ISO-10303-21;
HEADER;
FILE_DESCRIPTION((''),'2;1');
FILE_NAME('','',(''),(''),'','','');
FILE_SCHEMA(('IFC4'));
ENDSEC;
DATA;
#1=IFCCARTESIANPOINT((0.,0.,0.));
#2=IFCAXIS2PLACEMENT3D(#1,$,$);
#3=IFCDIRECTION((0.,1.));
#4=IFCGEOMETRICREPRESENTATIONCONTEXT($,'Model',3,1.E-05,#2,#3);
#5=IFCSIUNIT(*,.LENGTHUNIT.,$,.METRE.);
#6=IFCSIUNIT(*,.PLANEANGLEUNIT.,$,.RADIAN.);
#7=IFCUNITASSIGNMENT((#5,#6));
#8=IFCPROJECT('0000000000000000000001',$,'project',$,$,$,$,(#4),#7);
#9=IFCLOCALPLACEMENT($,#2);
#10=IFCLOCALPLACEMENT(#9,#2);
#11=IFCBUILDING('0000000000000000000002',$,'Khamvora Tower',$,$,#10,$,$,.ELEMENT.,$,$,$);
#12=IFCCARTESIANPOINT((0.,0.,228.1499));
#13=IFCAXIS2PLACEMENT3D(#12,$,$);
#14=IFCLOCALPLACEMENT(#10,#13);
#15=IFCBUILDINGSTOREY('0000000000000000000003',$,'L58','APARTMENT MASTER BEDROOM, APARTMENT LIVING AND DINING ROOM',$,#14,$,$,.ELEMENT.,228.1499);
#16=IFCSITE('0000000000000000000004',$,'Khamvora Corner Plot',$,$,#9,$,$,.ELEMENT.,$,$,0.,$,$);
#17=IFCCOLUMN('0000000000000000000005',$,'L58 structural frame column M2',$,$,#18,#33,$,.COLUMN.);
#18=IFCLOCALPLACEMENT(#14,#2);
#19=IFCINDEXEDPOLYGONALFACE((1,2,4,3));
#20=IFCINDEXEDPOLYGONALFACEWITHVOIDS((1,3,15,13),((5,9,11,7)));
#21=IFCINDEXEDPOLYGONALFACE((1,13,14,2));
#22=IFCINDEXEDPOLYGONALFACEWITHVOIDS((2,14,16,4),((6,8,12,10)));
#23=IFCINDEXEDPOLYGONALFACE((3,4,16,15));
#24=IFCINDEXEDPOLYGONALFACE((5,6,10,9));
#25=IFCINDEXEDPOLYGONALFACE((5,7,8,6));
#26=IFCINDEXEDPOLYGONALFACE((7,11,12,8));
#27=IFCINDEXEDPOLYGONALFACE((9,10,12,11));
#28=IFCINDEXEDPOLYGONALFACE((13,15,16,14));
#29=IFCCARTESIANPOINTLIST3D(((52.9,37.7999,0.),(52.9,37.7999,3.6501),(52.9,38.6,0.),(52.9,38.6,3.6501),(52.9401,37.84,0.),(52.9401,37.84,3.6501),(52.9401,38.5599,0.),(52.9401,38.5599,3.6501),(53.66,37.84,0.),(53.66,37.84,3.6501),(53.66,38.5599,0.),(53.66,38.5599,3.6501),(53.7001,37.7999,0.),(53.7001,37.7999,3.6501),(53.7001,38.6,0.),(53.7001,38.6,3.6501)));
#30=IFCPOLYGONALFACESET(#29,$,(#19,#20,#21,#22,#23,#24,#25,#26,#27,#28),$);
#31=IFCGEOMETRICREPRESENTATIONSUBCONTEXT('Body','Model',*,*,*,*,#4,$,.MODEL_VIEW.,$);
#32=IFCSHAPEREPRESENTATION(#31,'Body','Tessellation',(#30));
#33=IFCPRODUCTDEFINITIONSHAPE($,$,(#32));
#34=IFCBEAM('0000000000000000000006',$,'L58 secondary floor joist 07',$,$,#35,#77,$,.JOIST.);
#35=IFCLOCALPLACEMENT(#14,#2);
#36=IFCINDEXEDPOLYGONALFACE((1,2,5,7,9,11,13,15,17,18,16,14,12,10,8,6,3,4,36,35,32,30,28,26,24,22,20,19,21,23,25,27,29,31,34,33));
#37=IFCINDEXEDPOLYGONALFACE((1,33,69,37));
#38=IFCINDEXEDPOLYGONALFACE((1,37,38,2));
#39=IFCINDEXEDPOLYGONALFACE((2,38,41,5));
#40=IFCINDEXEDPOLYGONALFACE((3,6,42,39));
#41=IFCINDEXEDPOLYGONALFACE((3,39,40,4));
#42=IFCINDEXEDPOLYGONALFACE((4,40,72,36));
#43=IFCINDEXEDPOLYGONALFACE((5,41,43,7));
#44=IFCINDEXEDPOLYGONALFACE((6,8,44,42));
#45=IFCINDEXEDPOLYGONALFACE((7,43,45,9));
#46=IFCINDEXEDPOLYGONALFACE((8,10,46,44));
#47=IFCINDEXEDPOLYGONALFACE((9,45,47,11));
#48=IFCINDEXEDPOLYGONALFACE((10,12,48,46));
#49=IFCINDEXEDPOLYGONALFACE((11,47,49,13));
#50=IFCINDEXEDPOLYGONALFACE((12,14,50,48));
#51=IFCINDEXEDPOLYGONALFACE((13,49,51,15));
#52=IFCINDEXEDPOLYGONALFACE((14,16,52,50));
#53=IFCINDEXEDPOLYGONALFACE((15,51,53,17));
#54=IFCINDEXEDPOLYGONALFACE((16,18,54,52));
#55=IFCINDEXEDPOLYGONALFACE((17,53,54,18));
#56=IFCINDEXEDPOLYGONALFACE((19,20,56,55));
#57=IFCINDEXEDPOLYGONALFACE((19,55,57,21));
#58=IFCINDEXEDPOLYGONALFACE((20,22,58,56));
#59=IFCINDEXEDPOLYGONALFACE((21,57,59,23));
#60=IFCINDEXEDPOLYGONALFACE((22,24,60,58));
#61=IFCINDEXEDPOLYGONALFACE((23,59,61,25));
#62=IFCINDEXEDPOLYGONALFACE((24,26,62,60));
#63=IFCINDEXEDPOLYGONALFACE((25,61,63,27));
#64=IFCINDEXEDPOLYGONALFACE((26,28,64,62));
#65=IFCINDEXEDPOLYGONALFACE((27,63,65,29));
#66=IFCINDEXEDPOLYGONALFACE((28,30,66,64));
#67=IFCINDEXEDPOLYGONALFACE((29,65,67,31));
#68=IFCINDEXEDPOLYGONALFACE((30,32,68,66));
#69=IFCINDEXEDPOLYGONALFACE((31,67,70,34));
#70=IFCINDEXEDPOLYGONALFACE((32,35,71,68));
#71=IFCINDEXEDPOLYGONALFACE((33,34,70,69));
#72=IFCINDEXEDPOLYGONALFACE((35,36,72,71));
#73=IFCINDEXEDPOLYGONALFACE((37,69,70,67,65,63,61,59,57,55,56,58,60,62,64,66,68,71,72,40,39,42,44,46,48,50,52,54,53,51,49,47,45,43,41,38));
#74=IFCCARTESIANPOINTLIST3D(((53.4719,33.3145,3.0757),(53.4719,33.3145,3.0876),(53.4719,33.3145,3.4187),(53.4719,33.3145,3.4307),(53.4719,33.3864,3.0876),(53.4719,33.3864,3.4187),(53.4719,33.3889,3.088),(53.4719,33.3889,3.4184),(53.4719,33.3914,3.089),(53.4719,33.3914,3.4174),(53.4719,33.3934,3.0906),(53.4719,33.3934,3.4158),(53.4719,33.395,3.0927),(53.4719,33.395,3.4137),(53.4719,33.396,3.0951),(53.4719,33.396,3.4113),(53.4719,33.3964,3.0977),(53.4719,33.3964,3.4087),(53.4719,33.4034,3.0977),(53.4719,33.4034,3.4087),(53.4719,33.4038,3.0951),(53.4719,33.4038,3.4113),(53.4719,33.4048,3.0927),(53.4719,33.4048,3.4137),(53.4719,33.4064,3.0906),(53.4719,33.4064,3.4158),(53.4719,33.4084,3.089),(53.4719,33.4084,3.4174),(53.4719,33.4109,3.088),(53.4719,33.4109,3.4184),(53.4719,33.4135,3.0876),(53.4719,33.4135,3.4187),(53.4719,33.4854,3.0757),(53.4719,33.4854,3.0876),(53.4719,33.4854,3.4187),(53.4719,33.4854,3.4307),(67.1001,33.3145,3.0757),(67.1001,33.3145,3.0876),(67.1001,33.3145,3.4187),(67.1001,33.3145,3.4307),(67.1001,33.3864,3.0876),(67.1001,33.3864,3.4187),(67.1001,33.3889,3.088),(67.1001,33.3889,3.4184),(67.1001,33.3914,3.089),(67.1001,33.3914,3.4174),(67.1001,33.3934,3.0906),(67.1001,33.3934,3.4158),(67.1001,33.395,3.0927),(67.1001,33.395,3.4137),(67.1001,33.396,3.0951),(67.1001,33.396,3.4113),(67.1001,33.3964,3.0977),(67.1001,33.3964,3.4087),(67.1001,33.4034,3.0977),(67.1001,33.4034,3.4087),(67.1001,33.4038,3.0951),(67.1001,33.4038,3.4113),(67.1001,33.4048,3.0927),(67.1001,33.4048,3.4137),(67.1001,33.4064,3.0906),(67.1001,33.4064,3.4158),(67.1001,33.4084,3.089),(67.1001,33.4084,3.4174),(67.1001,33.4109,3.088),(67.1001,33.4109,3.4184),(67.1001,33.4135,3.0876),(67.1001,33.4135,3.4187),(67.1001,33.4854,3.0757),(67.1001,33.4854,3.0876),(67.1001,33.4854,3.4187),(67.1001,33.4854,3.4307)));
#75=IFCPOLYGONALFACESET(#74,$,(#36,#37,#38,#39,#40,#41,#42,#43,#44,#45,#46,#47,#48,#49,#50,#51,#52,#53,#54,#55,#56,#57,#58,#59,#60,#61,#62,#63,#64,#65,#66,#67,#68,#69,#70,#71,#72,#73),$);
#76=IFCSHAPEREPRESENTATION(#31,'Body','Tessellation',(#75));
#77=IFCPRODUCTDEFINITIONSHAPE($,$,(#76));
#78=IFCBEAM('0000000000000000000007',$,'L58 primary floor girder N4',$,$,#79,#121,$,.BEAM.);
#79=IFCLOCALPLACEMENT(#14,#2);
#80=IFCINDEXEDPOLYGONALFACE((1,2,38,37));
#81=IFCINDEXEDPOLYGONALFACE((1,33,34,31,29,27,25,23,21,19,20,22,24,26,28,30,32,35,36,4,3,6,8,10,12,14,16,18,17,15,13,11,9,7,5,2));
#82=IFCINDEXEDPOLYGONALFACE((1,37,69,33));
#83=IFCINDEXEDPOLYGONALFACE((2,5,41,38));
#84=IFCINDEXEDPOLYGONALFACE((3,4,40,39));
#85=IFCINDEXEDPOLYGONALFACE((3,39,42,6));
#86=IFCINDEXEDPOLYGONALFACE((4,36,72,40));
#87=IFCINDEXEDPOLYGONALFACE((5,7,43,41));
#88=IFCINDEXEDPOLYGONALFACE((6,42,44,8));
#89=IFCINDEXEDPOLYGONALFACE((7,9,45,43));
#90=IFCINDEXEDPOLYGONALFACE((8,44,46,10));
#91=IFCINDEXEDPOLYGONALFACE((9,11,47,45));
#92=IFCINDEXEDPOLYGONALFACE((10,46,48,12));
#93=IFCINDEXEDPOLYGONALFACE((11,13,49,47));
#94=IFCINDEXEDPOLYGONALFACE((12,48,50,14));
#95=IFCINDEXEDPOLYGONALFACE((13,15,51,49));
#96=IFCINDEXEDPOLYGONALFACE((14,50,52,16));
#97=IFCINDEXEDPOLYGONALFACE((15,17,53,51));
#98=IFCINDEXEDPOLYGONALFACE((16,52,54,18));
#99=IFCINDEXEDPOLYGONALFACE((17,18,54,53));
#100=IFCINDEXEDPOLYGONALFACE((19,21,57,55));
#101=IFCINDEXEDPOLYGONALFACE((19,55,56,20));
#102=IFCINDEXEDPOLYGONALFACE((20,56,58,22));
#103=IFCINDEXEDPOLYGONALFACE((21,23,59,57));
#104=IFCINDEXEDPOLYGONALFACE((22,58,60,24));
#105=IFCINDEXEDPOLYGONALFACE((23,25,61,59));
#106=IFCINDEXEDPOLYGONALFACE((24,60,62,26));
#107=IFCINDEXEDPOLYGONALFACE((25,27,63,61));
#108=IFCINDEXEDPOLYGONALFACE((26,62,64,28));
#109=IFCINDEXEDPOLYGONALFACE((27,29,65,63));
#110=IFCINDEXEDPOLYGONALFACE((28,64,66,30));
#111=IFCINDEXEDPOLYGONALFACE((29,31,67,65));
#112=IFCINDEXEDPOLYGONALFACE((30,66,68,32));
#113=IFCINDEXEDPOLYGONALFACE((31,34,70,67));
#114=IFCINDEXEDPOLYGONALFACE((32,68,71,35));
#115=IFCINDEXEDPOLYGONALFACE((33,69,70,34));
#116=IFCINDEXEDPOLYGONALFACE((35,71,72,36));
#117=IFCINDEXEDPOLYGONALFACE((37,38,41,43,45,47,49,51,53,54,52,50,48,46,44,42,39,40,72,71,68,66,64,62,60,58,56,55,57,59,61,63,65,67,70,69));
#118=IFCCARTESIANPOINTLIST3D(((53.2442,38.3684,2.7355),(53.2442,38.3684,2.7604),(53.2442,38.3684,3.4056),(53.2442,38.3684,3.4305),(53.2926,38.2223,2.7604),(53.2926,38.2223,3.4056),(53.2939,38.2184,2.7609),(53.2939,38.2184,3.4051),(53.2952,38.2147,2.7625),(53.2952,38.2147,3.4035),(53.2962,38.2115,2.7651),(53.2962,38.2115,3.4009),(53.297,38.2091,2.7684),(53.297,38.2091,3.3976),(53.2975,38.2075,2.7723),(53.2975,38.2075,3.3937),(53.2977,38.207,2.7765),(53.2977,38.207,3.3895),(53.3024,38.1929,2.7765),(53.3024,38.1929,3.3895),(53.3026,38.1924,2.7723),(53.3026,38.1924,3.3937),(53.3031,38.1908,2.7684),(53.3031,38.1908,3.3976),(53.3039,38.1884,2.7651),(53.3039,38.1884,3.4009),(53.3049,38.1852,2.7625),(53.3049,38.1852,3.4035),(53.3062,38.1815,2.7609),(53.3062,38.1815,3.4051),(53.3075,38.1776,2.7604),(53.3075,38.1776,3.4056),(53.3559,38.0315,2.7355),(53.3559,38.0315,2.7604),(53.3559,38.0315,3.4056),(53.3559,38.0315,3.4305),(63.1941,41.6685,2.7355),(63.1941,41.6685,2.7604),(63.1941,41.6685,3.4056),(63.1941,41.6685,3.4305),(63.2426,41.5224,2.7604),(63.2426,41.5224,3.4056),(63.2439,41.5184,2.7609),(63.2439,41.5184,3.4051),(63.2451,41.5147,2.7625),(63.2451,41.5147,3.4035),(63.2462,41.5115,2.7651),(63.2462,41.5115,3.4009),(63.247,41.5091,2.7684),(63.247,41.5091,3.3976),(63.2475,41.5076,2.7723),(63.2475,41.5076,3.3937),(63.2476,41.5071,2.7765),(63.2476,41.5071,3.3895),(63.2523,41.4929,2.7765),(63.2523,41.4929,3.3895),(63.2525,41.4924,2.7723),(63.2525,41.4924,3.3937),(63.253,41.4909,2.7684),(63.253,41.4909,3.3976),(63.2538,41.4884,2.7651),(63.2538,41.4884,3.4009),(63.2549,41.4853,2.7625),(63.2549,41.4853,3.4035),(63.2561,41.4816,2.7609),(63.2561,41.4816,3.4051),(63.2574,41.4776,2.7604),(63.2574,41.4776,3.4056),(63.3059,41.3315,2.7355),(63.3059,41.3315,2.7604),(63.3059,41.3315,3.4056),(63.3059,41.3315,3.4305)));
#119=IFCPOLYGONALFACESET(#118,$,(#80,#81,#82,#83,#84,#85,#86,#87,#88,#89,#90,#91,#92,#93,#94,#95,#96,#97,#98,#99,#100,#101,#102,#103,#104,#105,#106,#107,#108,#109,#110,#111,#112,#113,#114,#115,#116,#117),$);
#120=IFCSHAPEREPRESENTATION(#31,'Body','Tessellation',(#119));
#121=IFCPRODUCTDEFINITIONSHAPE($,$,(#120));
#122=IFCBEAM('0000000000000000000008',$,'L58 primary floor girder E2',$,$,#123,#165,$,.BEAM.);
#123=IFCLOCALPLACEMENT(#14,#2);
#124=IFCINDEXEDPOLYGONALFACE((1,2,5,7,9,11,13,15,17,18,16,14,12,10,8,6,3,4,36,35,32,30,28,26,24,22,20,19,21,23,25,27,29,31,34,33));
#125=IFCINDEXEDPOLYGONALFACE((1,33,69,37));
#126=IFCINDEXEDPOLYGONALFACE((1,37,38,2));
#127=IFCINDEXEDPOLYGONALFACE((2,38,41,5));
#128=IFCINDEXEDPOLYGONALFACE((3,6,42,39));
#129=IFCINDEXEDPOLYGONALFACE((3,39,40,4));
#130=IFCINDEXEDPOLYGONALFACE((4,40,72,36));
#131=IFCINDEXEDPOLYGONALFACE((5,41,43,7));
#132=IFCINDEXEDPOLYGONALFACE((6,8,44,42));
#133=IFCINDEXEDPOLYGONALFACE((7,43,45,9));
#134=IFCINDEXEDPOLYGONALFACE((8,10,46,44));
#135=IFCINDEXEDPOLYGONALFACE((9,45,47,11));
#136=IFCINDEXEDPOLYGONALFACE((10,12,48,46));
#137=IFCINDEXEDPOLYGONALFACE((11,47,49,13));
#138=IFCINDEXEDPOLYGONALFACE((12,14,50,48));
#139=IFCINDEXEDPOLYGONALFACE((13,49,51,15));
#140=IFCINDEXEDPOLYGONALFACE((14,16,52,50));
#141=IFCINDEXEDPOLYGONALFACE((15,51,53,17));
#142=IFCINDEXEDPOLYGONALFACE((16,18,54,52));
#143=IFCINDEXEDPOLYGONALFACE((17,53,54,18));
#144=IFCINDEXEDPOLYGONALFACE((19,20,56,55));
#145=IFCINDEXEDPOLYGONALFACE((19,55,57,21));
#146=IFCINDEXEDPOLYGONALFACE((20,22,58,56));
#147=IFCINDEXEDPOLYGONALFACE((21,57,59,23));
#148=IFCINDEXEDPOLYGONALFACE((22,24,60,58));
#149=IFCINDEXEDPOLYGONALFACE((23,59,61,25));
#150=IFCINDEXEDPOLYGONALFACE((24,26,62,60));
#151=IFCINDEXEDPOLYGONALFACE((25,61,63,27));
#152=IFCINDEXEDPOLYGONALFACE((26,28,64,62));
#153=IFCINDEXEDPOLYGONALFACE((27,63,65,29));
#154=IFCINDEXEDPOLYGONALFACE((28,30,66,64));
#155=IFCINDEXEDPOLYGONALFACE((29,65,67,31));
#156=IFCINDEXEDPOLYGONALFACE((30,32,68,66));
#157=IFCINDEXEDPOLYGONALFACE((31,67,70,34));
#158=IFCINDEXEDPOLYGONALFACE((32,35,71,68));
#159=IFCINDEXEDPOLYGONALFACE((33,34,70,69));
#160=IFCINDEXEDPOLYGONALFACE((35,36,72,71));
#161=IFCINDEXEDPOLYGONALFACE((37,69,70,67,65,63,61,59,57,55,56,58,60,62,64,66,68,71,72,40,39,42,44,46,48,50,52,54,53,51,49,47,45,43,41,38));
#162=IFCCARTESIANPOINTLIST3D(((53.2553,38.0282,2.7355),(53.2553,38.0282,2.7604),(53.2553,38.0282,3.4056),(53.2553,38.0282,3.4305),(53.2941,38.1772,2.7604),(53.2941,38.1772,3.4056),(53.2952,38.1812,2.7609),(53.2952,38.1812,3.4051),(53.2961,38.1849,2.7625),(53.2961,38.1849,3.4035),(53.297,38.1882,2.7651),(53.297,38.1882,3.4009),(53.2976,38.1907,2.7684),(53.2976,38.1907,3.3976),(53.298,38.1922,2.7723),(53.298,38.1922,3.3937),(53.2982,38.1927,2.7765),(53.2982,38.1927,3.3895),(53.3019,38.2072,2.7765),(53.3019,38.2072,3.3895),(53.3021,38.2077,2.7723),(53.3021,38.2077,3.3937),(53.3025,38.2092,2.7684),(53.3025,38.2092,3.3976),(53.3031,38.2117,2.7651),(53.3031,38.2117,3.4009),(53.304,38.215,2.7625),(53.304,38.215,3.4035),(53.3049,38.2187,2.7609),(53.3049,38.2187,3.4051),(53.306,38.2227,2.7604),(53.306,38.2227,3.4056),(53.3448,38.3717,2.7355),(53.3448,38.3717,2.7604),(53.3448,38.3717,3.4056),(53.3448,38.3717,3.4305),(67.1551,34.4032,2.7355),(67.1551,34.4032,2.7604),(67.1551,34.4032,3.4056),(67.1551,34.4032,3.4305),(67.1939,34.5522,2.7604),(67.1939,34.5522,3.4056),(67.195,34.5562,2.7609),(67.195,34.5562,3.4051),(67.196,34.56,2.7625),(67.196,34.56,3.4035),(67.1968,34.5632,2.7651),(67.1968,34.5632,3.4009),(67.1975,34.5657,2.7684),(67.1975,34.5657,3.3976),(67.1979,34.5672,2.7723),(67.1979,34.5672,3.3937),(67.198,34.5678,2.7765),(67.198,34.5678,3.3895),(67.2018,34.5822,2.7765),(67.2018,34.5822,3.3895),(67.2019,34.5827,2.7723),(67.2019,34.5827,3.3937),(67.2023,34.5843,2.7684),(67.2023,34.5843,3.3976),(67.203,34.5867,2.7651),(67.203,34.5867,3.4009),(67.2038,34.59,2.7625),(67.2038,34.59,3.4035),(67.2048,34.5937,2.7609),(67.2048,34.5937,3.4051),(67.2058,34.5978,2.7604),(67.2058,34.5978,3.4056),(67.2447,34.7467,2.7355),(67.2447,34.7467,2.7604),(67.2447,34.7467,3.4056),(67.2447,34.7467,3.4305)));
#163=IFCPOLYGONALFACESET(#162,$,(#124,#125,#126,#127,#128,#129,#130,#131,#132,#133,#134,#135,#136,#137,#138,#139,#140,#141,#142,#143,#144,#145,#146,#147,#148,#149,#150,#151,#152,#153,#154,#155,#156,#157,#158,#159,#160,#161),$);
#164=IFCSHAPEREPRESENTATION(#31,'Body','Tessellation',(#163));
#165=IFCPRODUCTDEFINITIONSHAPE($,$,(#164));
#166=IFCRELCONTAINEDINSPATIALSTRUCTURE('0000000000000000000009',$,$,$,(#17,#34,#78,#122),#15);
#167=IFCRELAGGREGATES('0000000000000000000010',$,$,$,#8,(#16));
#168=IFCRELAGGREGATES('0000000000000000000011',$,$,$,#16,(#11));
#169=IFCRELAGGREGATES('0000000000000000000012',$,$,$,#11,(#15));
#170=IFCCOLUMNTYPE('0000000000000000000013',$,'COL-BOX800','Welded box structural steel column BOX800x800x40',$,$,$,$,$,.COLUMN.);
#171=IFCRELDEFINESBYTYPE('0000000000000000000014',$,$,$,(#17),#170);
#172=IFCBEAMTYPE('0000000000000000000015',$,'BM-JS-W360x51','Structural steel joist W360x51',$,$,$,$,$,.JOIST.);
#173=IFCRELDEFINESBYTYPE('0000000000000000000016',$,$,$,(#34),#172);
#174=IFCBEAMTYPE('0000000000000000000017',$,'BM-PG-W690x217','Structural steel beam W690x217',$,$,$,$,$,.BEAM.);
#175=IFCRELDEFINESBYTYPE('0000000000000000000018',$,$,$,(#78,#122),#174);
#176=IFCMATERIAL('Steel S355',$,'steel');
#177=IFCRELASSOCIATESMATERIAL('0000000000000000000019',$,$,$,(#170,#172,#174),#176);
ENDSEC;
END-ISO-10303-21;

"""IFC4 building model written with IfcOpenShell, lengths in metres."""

from ifc_helpers import new_model, si_unit, direction, frame, origin, origin_2d, place, context, subcontext, project, spatial, hollow_rectangle, i_section, extrude, material, material_profile, profile_set, type_object, element, save


model = new_model("IFC4")

# Units and contexts
model_context = context("Model", 3, precision=1e-05, world=origin(), true_north=direction((0.0, 1.0)))
body_context = subcontext(model_context, "Body", "Model", "MODEL_VIEW")
ifc_project = project(units=[si_unit("LENGTHUNIT", "METRE"), si_unit("PLANEANGLEUNIT", "RADIAN")], contexts=[model_context])

# Site, building, storey
site_placement = place(None, origin())
site = spatial("IfcSite", under=ifc_project, at=site_placement, Name="Khamvora Corner Plot", CompositionType="ELEMENT", RefElevation=0.0)
building_placement = place(site_placement, origin())
building = spatial("IfcBuilding", under=site, at=building_placement, Name="Khamvora Tower", CompositionType="ELEMENT")
storey_placement = place(building_placement, frame((0.0, 0.0, 228.1499)))
storey = spatial("IfcBuildingStorey", under=building, at=storey_placement, Name="L58", Description="APARTMENT MASTER BEDROOM, APARTMENT LIVING AND DINING ROOM", CompositionType="ELEMENT", Elevation=228.1499)

# Column
ifc_material_1 = material(Name="Steel S355", Category="steel")
ifc_material_profile_1 = material_profile(ifc_material_1, hollow_rectangle(XDim=0.8, YDim=0.8, WallThickness=0.04, at=origin_2d()), Name="BOX800x800x40")
ifc_profile_set_1 = profile_set([ifc_material_profile_1], Name="Steel S355")
column_type = type_object("IfcColumnType", Name="COL-BOX800", Description="Welded box structural steel column BOX800x800x40", PredefinedType="COLUMN", material=ifc_profile_set_1)
column_placement = place(storey_placement, frame((53.3, 38.2, 0.0), z_axis=(0.0, 0.0, 1.0), x_axis=(1.0, 0.0, 0.0)))
element("IfcColumn", 1, at=column_placement, inside=storey, type_object=column_type, Name="L58 structural frame column M2", PredefinedType="COLUMN", context=body_context, shape_type="SweptSolid", body=[
    extrude(hollow_rectangle(XDim=0.8, YDim=0.8, WallThickness=0.04, at=origin_2d()), origin(), (0.0, 0.0, 1.0), 3.6501),
])

# Beams
ifc_material_profile_2 = material_profile(ifc_material_1, i_section(OverallWidth=0.1709, OverallDepth=0.355, WebThickness=0.0071, FlangeThickness=0.012, FilletRadius=0.01, at=origin_2d()), Name="W360x51")
ifc_profile_set_2 = profile_set([ifc_material_profile_2], Name="Steel S355")
beam_type_1 = type_object("IfcBeamType", Name="BM-JS-W360x51", Description="Structural steel joist W360x51", PredefinedType="JOIST", material=ifc_profile_set_2)
beam_1_placement = place(storey_placement, frame((53.4719, 33.3999, 3.2532), z_axis=(1.0, 0.0, 0.0), x_axis=(0.0, 1.0, 0.0)))
element("IfcBeam", 2, at=beam_1_placement, inside=storey, type_object=beam_type_1, Name="L58 secondary floor joist 07", PredefinedType="JOIST", context=body_context, shape_type="SweptSolid", body=[
    extrude(i_section(OverallWidth=0.1709, OverallDepth=0.355, WebThickness=0.0071, FlangeThickness=0.012, FilletRadius=0.01, at=origin_2d()), origin(), (0.0, 0.0, 1.0), 13.6282),
])
ifc_material_profile_3 = material_profile(ifc_material_1, i_section(OverallWidth=0.355, OverallDepth=0.6951, WebThickness=0.0149, FlangeThickness=0.0249, FilletRadius=0.0161, at=origin_2d()), Name="W690x217")
ifc_profile_set_3 = profile_set([ifc_material_profile_3], Name="Steel S355")
beam_type_2 = type_object("IfcBeamType", Name="BM-PG-W690x217", Description="Structural steel beam W690x217", PredefinedType="BEAM", material=ifc_profile_set_3)
beam_2_placement = place(storey_placement, frame((53.3, 38.2, 3.083), z_axis=(0.949157, 0.314802, 0.0), x_axis=(-0.314802, 0.949157, 0.0)))
element("IfcBeam", 3, at=beam_2_placement, inside=storey, type_object=beam_type_2, Name="L58 primary floor girder N4", PredefinedType="BEAM", context=body_context, shape_type="SweptSolid", body=[
    extrude(i_section(OverallWidth=0.355, OverallDepth=0.6951, WebThickness=0.0149, FlangeThickness=0.0249, FilletRadius=0.0161, at=origin_2d()), origin(), (0.0, 0.0, 1.0), 10.4829),
])
beam_3_placement = place(storey_placement, frame((53.3, 38.2, 3.083), z_axis=(0.967635, -0.252353, 0.0), x_axis=(0.252353, 0.967635, 0.0)))
element("IfcBeam", 4, at=beam_3_placement, inside=storey, type_object=beam_type_2, Name="L58 primary floor girder E2", PredefinedType="BEAM", context=body_context, shape_type="SweptSolid", body=[
    extrude(i_section(OverallWidth=0.355, OverallDepth=0.6951, WebThickness=0.0149, FlangeThickness=0.0249, FilletRadius=0.0161, at=origin_2d()), origin(), (0.0, 0.0, 1.0), 14.3647),
])

save(model, "model.ifc")
